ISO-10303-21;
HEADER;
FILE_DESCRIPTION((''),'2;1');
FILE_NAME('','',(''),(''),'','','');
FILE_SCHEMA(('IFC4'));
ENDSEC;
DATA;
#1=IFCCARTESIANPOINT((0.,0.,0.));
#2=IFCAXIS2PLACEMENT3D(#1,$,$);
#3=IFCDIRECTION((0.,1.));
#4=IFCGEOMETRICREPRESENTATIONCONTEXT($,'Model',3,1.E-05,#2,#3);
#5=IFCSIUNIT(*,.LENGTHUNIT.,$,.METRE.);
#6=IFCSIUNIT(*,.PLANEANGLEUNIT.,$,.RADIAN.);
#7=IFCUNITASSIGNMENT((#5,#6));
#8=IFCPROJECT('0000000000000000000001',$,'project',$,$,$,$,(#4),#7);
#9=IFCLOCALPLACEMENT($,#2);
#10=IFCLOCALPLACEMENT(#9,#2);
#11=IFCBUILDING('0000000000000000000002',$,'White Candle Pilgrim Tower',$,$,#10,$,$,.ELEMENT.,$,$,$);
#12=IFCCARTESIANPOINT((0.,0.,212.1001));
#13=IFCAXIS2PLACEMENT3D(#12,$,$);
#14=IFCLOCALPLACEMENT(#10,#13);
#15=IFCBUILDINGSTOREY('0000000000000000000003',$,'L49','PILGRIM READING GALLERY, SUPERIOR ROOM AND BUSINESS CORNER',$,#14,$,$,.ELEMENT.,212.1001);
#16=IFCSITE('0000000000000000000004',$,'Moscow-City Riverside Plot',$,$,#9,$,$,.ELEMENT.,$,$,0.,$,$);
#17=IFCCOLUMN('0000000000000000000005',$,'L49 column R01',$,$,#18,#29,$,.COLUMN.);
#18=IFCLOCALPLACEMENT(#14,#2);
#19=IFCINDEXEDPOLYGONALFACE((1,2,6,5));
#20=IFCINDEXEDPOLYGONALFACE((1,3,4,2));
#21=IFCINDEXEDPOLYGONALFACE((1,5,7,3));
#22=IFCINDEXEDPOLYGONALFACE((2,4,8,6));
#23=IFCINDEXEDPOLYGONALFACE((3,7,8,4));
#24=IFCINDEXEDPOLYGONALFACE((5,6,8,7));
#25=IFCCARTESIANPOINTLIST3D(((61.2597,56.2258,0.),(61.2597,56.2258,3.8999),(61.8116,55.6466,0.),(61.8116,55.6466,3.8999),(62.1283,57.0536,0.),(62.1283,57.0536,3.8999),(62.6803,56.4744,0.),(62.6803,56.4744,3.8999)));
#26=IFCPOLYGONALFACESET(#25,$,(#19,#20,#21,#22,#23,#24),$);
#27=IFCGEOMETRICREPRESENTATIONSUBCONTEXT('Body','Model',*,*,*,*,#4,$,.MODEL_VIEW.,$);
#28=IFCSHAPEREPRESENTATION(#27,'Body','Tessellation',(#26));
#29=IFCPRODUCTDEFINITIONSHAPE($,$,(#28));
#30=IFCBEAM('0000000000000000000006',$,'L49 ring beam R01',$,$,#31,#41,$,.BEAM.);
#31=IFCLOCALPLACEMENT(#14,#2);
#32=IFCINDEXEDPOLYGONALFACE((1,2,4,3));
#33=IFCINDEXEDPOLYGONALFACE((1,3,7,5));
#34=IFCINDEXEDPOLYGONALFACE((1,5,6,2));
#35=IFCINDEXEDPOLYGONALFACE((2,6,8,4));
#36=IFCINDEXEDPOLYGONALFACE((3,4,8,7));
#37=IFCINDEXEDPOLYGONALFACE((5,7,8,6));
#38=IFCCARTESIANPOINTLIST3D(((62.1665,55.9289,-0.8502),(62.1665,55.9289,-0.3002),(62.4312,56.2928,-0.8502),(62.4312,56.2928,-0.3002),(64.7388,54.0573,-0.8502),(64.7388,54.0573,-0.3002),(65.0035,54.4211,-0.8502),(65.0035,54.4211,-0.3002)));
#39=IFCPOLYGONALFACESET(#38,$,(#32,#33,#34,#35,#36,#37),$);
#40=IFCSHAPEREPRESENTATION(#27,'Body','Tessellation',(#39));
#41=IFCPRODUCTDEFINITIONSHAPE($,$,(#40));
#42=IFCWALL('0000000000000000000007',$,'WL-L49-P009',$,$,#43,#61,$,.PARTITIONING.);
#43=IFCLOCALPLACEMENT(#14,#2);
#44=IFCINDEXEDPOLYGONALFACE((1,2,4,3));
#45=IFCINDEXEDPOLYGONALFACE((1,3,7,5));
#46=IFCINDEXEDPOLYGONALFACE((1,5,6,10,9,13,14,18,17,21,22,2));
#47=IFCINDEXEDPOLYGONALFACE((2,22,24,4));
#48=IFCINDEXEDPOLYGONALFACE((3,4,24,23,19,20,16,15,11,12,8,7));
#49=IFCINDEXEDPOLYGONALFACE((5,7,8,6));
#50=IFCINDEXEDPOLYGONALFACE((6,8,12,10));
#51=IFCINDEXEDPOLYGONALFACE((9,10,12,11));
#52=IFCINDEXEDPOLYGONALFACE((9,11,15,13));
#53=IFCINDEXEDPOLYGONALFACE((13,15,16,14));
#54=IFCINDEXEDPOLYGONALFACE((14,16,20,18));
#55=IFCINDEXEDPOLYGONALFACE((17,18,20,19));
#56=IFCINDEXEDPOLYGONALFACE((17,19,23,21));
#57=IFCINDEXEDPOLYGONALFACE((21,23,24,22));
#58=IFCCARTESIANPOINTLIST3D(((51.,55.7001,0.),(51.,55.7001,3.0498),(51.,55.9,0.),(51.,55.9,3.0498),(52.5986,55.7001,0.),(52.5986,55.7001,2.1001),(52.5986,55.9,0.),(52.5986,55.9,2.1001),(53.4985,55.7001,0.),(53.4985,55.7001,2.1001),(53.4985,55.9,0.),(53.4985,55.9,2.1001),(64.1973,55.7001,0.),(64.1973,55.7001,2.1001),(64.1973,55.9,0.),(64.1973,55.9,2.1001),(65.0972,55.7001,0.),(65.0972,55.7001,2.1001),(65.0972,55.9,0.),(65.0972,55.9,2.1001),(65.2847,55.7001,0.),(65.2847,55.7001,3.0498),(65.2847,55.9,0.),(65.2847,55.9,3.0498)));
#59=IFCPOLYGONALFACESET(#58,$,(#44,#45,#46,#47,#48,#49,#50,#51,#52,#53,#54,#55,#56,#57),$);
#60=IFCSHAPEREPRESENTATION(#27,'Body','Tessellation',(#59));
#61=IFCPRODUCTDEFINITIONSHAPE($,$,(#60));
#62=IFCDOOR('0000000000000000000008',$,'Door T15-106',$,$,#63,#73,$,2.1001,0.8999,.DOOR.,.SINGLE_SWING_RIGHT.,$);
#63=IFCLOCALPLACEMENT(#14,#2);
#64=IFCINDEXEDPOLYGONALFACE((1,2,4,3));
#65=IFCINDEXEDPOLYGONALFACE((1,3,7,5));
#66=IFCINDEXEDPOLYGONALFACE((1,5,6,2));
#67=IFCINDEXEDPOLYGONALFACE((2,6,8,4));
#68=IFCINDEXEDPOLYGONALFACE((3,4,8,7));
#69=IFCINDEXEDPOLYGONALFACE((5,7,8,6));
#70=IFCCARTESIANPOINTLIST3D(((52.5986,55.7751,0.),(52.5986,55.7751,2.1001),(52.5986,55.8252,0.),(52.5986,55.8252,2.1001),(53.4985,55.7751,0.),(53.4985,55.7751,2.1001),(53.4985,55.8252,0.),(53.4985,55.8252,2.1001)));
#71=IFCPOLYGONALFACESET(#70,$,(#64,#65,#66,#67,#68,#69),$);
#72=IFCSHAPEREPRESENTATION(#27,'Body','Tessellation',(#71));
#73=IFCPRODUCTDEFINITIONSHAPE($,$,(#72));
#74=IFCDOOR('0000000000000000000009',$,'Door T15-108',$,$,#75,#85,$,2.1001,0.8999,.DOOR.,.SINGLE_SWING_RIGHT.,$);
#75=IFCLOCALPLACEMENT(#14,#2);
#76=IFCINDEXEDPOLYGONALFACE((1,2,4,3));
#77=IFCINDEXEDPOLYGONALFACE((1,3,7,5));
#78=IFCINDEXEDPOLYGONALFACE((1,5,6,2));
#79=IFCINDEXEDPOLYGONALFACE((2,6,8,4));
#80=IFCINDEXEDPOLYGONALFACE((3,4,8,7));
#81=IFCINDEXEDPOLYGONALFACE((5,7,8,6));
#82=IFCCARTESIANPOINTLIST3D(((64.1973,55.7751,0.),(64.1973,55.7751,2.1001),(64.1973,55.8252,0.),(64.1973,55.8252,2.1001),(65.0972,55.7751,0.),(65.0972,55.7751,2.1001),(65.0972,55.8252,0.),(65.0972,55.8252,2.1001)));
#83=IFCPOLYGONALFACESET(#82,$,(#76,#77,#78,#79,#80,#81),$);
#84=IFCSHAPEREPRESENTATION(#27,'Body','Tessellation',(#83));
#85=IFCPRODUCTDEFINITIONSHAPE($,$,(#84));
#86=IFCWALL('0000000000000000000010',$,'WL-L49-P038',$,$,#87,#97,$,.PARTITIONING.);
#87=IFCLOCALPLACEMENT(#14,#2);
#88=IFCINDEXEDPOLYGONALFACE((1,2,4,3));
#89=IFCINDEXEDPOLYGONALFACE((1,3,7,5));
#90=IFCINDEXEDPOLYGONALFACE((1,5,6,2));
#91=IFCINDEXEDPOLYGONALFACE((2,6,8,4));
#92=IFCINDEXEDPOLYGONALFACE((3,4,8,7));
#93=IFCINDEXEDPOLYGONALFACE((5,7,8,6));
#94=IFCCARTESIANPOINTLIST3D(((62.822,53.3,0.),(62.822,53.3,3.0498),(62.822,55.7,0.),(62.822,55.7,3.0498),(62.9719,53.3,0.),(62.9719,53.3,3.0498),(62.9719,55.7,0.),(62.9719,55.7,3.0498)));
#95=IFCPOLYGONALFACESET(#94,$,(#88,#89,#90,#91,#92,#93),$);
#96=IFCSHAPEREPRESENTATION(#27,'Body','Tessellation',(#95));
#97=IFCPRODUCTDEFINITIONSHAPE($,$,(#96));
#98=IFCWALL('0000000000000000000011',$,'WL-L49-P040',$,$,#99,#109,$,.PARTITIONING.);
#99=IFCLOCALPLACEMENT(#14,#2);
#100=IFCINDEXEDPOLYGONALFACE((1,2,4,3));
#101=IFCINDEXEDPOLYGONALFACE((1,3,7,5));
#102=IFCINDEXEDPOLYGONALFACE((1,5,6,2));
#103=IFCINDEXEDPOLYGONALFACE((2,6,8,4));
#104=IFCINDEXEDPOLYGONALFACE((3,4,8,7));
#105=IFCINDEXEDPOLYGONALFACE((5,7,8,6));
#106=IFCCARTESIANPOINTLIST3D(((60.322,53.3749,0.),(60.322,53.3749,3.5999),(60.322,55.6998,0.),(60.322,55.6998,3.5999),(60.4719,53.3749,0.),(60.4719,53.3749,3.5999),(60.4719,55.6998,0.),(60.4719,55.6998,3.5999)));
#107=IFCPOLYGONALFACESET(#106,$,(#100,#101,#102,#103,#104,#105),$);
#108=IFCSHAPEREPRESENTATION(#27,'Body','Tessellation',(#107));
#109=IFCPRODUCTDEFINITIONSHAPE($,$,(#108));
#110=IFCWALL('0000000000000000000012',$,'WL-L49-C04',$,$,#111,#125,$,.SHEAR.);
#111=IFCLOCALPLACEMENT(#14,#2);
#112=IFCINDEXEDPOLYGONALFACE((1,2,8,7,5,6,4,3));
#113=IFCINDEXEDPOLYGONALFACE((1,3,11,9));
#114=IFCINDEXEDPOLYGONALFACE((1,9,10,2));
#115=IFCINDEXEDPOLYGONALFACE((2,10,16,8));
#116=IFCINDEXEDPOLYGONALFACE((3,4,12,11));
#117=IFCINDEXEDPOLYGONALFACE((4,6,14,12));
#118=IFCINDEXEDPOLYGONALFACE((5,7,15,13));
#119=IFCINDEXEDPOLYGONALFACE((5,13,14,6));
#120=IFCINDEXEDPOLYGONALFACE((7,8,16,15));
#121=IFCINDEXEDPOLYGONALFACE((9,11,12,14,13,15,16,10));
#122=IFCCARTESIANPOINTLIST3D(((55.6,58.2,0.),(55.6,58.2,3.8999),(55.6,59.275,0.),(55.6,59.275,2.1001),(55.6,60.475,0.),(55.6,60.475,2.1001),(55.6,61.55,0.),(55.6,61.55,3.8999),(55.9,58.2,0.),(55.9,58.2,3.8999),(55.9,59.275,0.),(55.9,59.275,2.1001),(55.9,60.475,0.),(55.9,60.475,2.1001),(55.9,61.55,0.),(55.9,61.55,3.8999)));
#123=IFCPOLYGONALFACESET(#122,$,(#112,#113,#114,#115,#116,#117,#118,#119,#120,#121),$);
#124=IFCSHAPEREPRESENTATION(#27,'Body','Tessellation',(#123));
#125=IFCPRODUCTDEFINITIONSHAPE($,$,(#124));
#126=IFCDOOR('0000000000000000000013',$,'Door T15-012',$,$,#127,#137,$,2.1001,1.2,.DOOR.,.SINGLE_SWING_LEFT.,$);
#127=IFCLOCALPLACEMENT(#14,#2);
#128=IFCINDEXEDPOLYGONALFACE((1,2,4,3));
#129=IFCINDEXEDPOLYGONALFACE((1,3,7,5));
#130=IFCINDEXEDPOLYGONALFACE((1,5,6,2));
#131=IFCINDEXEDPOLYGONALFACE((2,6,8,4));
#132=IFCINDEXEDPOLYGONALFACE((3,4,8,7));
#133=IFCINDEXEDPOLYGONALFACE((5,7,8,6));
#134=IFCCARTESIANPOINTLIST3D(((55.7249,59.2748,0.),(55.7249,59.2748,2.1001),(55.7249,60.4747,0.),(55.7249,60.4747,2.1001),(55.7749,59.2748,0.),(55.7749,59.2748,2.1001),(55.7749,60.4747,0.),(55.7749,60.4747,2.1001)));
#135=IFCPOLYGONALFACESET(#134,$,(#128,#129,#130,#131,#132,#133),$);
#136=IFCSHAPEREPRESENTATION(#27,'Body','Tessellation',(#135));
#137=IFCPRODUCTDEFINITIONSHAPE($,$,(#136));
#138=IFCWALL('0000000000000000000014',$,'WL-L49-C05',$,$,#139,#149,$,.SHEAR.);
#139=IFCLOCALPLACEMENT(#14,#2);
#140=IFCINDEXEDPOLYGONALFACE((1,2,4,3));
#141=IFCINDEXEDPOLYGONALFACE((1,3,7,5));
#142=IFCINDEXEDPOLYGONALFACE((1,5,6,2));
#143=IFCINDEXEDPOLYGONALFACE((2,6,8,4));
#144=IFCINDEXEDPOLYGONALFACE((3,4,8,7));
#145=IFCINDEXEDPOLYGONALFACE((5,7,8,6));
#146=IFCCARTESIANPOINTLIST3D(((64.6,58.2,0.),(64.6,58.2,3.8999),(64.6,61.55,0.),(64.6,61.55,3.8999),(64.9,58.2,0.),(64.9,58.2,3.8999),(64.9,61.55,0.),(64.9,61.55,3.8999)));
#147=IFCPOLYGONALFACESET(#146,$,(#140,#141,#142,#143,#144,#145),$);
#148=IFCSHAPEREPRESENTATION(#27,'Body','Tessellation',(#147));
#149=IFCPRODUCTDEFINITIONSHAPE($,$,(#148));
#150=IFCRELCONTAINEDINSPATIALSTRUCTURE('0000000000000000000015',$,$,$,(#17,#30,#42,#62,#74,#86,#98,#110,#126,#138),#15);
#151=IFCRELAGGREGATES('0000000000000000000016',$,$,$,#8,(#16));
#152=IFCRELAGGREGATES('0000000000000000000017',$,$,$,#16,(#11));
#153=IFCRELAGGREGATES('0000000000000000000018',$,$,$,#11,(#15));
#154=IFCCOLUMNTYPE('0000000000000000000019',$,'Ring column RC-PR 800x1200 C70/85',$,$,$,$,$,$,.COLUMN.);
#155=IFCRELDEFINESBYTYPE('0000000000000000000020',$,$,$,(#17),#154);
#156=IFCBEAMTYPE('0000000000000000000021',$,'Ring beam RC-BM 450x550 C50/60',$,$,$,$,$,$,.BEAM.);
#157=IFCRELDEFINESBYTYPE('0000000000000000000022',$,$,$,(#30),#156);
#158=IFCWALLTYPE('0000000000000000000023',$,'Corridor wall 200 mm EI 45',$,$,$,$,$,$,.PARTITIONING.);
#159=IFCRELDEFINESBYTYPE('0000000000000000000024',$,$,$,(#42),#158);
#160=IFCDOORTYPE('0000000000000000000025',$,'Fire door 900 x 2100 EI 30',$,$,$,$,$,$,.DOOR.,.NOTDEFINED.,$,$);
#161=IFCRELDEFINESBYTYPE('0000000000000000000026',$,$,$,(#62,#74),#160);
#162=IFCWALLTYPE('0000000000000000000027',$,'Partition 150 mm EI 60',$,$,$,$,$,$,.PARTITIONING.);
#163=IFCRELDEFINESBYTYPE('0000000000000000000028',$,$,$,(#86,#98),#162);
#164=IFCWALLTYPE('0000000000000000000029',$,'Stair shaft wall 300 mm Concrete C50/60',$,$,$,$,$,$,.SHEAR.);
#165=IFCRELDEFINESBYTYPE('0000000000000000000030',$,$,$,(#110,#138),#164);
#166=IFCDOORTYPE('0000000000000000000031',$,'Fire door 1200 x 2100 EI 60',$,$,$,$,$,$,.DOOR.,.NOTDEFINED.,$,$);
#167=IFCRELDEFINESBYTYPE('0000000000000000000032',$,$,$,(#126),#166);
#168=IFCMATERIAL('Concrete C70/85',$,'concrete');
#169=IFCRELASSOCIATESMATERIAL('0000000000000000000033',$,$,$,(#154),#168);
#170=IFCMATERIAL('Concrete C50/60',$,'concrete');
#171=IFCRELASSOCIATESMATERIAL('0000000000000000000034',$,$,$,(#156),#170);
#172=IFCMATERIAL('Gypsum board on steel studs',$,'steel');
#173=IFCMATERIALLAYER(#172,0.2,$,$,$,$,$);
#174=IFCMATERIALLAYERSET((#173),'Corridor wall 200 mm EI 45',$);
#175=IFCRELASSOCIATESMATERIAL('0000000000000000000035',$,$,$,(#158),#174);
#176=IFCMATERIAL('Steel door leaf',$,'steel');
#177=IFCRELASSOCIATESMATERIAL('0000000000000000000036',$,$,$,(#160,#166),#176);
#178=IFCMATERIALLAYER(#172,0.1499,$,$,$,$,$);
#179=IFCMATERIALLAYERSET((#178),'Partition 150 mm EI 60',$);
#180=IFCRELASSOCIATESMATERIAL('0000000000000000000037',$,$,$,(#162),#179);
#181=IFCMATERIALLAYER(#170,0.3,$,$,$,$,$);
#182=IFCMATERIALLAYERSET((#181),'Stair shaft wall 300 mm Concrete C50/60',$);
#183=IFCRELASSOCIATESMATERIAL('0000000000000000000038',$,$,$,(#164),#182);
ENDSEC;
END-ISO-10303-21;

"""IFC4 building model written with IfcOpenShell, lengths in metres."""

from ifc_helpers import new_model, si_unit, direction, frame, frame_2d, origin, origin_2d, place, context, subcontext, project, spatial, rectangle, extrude, material, layer, layer_set, material_profile, profile_set, type_object, element, fill, save


model = new_model("IFC4")

# Units and contexts
model_context = context("Model", 3, precision=1e-05, world=origin(), true_north=direction((0.0, 1.0)))
body_context = subcontext(model_context, "Body", "Model", "MODEL_VIEW")
ifc_project = project(units=[si_unit("LENGTHUNIT", "METRE"), si_unit("PLANEANGLEUNIT", "RADIAN")], contexts=[model_context])

# Site, building, storey
site_placement = place(None, origin())
site = spatial("IfcSite", under=ifc_project, at=site_placement, Name="Moscow-City Riverside Plot", CompositionType="ELEMENT", RefElevation=0.0)
building_placement = place(site_placement, origin())
building = spatial("IfcBuilding", under=site, at=building_placement, Name="White Candle Pilgrim Tower", CompositionType="ELEMENT")
storey_placement = place(building_placement, frame((0.0, 0.0, 212.1001)))
storey = spatial("IfcBuildingStorey", under=building, at=storey_placement, Name="L49", Description="PILGRIM READING GALLERY, SUPERIOR ROOM AND BUSINESS CORNER", CompositionType="ELEMENT", Elevation=212.1001)

# Column
ifc_material_1 = material(Name="Concrete C70/85", Category="concrete")
ifc_material_profile_1 = material_profile(ifc_material_1, rectangle(XDim=0.8, YDim=1.2, at=origin_2d()), Name="RC-PR 800x1200")
ifc_profile_set_1 = profile_set([ifc_material_profile_1], Name="Concrete C70/85")
column_type = type_object("IfcColumnType", Name="Ring column RC-PR 800x1200 C70/85", PredefinedType="COLUMN", material=ifc_profile_set_1)
column_placement = place(storey_placement, frame((61.97, 56.3501, 0.0), z_axis=(0.0, 0.0, 1.0), x_axis=(-0.689872, 0.723931, 0.0)))
element("IfcColumn", 1, at=column_placement, inside=storey, type_object=column_type, Name="L49 column R01", PredefinedType="COLUMN", context=body_context, shape_type="SweptSolid", body=[
    extrude(rectangle(XDim=0.8, YDim=1.2, at=origin_2d()), origin(), (0.0, 0.0, 1.0), 3.8999),
])

# Beam
ifc_material_2 = material(Name="Concrete C50/60", Category="concrete")
ifc_material_profile_2 = material_profile(ifc_material_2, rectangle(XDim=0.45, YDim=0.55, at=origin_2d()), Name="RC-BM 450x550")
ifc_profile_set_2 = profile_set([ifc_material_profile_2], Name="Concrete C50/60")
beam_type = type_object("IfcBeamType", Name="Ring beam RC-BM 450x550 C50/60", PredefinedType="BEAM", material=ifc_profile_set_2)
beam_placement = place(storey_placement, frame((62.2988, 56.1108, -0.5752), z_axis=(0.80861, -0.588345, 0.0), x_axis=(0.588345, 0.80861, 0.0)))
element("IfcBeam", 2, at=beam_placement, inside=storey, type_object=beam_type, Name="L49 ring beam R01", PredefinedType="BEAM", context=body_context, shape_type="SweptSolid", body=[
    extrude(rectangle(XDim=0.45, YDim=0.55, at=origin_2d()), origin(), (0.0, 0.0, 1.0), 3.1812),
])

# Wall, openings, doors
ifc_material_3 = material(Name="Gypsum board on steel studs", Category="steel")
ifc_layer_1 = layer(ifc_material_3, 0.2)
ifc_layer_set_1 = layer_set([ifc_layer_1], Name="Corridor wall 200 mm EI 45")
wall_type_1 = type_object("IfcWallType", Name="Corridor wall 200 mm EI 45", PredefinedType="PARTITIONING", material=ifc_layer_set_1)
wall_1_placement = place(storey_placement, frame((65.2847, 55.8, 0.0), z_axis=(0.0, 0.0, 1.0), x_axis=(-1.0, 0.0, 0.0)))
wall_1 = element("IfcWall", 3, at=wall_1_placement, inside=storey, type_object=wall_type_1, Name="WL-L49-P009", PredefinedType="PARTITIONING", context=body_context, shape_type="SweptSolid", body=[
    extrude(rectangle(XDim=14.2847, YDim=0.2, at=frame_2d((7.1423, 0.0))), origin(), (0.0, 0.0, 1.0), 3.0498),
])
opening_1_placement = place(wall_1_placement, frame((11.7861, 0.0, 0.0)))
opening_1 = element("IfcOpeningElement", 4, at=opening_1_placement, cuts=wall_1, PredefinedType="OPENING", context=body_context, shape_type="SweptSolid", body=[
    extrude(rectangle(XDim=0.8999, YDim=2.1001, at=frame_2d((0.45, 1.05))), frame((0.0, 0.1099, 0.0), z_axis=(0.0, -1.0, 0.0), x_axis=(1.0, 0.0, 0.0)), (0.0, 0.0, 1.0), 0.22),
])
opening_2_placement = place(wall_1_placement, frame((0.1875, 0.0, 0.0)))
opening_2 = element("IfcOpeningElement", 5, at=opening_2_placement, cuts=wall_1, PredefinedType="OPENING", context=body_context, shape_type="SweptSolid", body=[
    extrude(rectangle(XDim=0.8999, YDim=2.1001, at=frame_2d((0.45, 1.05))), frame((0.0, 0.1099, 0.0), z_axis=(0.0, -1.0, 0.0), x_axis=(1.0, 0.0, 0.0)), (0.0, 0.0, 1.0), 0.22),
])
ifc_material_4 = material(Name="Steel door leaf", Category="steel")
door_type_1 = type_object("IfcDoorType", Name="Fire door 900 x 2100 EI 30", OperationType="NOTDEFINED", PredefinedType="DOOR", material=ifc_material_4)
door_1_placement = place(opening_1_placement, origin())
door_1 = element("IfcDoor", 6, at=door_1_placement, inside=storey, type_object=door_type_1, Name="Door T15-106", OperationType="SINGLE_SWING_RIGHT", OverallHeight=2.1001, OverallWidth=0.8999, PredefinedType="DOOR", context=body_context, shape_type="SweptSolid", body=[
    extrude(rectangle(XDim=0.8999, YDim=2.1001, at=frame_2d((0.45, 1.05))), frame((0.0, 0.0249, 0.0), z_axis=(0.0, -1.0, 0.0), x_axis=(1.0, 0.0, 0.0)), (0.0, 0.0, 1.0), 0.05),
])
fill(opening_1, door_1)
door_2_placement = place(opening_2_placement, origin())
door_2 = element("IfcDoor", 7, at=door_2_placement, inside=storey, type_object=door_type_1, Name="Door T15-108", OperationType="SINGLE_SWING_RIGHT", OverallHeight=2.1001, OverallWidth=0.8999, PredefinedType="DOOR", context=body_context, shape_type="SweptSolid", body=[
    extrude(rectangle(XDim=0.8999, YDim=2.1001, at=frame_2d((0.45, 1.05))), frame((0.0, 0.0249, 0.0), z_axis=(0.0, -1.0, 0.0), x_axis=(1.0, 0.0, 0.0)), (0.0, 0.0, 1.0), 0.05),
])
fill(opening_2, door_2)

# Walls
ifc_layer_2 = layer(ifc_material_3, 0.1499)
ifc_layer_set_2 = layer_set([ifc_layer_2], Name="Partition 150 mm EI 60")
wall_type_2 = type_object("IfcWallType", Name="Partition 150 mm EI 60", PredefinedType="PARTITIONING", material=ifc_layer_set_2)
wall_2_placement = place(storey_placement, frame((62.897, 55.7, 0.0), z_axis=(0.0, 0.0, 1.0), x_axis=(0.0, -1.0, 0.0)))
element("IfcWall", 8, at=wall_2_placement, inside=storey, type_object=wall_type_2, Name="WL-L49-P038", PredefinedType="PARTITIONING", context=body_context, shape_type="SweptSolid", body=[
    extrude(rectangle(XDim=2.3999, YDim=0.1499, at=frame_2d((1.2, 0.0))), origin(), (0.0, 0.0, 1.0), 3.0498),
])
wall_3_placement = place(storey_placement, frame((60.397, 55.7, 0.0), z_axis=(0.0, 0.0, 1.0), x_axis=(0.0, -1.0, 0.0)))
element("IfcWall", 9, at=wall_3_placement, inside=storey, type_object=wall_type_2, Name="WL-L49-P040", PredefinedType="PARTITIONING", context=body_context, shape_type="SweptSolid", body=[
    extrude(rectangle(XDim=2.325, YDim=0.1499, at=frame_2d((1.1626, 0.0))), origin(), (0.0, 0.0, 1.0), 3.5999),
])

# Wall, opening, door
ifc_layer_3 = layer(ifc_material_2, 0.3)
ifc_layer_set_3 = layer_set([ifc_layer_3], Name="Stair shaft wall 300 mm Concrete C50/60")
wall_type_3 = type_object("IfcWallType", Name="Stair shaft wall 300 mm Concrete C50/60", PredefinedType="SHEAR", material=ifc_layer_set_3)
wall_4_placement = place(storey_placement, frame((55.75, 58.2, 0.0), z_axis=(0.0, 0.0, 1.0), x_axis=(0.0, 1.0, 0.0)))
wall_4 = element("IfcWall", 10, at=wall_4_placement, inside=storey, type_object=wall_type_3, Name="WL-L49-C04", PredefinedType="SHEAR", context=body_context, shape_type="SweptSolid", body=[
    extrude(rectangle(XDim=3.3501, YDim=0.3, at=frame_2d((1.675, 0.0))), origin(), (0.0, 0.0, 1.0), 3.8999),
])
opening_3_placement = place(wall_4_placement, frame((1.075, 0.0, 0.0)))
opening_3 = element("IfcOpeningElement", 11, at=opening_3_placement, cuts=wall_4, PredefinedType="OPENING", context=body_context, shape_type="SweptSolid", body=[
    extrude(rectangle(XDim=1.2, YDim=2.1001, at=frame_2d((0.6001, 1.05))), frame((0.0, 0.1599, 0.0), z_axis=(0.0, -1.0, 0.0), x_axis=(1.0, 0.0, 0.0)), (0.0, 0.0, 1.0), 0.3201),
])
door_type_2 = type_object("IfcDoorType", Name="Fire door 1200 x 2100 EI 60", OperationType="NOTDEFINED", PredefinedType="DOOR", material=ifc_material_4)
door_3_placement = place(opening_3_placement, frame((1.2, 0.0, 0.0), z_axis=(0.0, 0.0, 1.0), x_axis=(-1.0, 0.0, 0.0)))
door_3 = element("IfcDoor", 12, at=door_3_placement, inside=storey, type_object=door_type_2, Name="Door T15-012", OperationType="SINGLE_SWING_LEFT", OverallHeight=2.1001, OverallWidth=1.2, PredefinedType="DOOR", context=body_context, shape_type="SweptSolid", body=[
    extrude(rectangle(XDim=1.2, YDim=2.1001, at=frame_2d((0.6001, 1.05))), frame((0.0, 0.0249, 0.0), z_axis=(0.0, -1.0, 0.0), x_axis=(1.0, 0.0, 0.0)), (0.0, 0.0, 1.0), 0.05),
])
fill(opening_3, door_3)

# Wall
wall_5_placement = place(storey_placement, frame((64.75, 58.2, 0.0), z_axis=(0.0, 0.0, 1.0), x_axis=(0.0, 1.0, 0.0)))
element("IfcWall", 13, at=wall_5_placement, inside=storey, type_object=wall_type_3, Name="WL-L49-C05", PredefinedType="SHEAR", context=body_context, shape_type="SweptSolid", body=[
    extrude(rectangle(XDim=3.3501, YDim=0.3, at=frame_2d((1.675, 0.0))), origin(), (0.0, 0.0, 1.0), 3.8999),
])

save(model, "model.ifc")
